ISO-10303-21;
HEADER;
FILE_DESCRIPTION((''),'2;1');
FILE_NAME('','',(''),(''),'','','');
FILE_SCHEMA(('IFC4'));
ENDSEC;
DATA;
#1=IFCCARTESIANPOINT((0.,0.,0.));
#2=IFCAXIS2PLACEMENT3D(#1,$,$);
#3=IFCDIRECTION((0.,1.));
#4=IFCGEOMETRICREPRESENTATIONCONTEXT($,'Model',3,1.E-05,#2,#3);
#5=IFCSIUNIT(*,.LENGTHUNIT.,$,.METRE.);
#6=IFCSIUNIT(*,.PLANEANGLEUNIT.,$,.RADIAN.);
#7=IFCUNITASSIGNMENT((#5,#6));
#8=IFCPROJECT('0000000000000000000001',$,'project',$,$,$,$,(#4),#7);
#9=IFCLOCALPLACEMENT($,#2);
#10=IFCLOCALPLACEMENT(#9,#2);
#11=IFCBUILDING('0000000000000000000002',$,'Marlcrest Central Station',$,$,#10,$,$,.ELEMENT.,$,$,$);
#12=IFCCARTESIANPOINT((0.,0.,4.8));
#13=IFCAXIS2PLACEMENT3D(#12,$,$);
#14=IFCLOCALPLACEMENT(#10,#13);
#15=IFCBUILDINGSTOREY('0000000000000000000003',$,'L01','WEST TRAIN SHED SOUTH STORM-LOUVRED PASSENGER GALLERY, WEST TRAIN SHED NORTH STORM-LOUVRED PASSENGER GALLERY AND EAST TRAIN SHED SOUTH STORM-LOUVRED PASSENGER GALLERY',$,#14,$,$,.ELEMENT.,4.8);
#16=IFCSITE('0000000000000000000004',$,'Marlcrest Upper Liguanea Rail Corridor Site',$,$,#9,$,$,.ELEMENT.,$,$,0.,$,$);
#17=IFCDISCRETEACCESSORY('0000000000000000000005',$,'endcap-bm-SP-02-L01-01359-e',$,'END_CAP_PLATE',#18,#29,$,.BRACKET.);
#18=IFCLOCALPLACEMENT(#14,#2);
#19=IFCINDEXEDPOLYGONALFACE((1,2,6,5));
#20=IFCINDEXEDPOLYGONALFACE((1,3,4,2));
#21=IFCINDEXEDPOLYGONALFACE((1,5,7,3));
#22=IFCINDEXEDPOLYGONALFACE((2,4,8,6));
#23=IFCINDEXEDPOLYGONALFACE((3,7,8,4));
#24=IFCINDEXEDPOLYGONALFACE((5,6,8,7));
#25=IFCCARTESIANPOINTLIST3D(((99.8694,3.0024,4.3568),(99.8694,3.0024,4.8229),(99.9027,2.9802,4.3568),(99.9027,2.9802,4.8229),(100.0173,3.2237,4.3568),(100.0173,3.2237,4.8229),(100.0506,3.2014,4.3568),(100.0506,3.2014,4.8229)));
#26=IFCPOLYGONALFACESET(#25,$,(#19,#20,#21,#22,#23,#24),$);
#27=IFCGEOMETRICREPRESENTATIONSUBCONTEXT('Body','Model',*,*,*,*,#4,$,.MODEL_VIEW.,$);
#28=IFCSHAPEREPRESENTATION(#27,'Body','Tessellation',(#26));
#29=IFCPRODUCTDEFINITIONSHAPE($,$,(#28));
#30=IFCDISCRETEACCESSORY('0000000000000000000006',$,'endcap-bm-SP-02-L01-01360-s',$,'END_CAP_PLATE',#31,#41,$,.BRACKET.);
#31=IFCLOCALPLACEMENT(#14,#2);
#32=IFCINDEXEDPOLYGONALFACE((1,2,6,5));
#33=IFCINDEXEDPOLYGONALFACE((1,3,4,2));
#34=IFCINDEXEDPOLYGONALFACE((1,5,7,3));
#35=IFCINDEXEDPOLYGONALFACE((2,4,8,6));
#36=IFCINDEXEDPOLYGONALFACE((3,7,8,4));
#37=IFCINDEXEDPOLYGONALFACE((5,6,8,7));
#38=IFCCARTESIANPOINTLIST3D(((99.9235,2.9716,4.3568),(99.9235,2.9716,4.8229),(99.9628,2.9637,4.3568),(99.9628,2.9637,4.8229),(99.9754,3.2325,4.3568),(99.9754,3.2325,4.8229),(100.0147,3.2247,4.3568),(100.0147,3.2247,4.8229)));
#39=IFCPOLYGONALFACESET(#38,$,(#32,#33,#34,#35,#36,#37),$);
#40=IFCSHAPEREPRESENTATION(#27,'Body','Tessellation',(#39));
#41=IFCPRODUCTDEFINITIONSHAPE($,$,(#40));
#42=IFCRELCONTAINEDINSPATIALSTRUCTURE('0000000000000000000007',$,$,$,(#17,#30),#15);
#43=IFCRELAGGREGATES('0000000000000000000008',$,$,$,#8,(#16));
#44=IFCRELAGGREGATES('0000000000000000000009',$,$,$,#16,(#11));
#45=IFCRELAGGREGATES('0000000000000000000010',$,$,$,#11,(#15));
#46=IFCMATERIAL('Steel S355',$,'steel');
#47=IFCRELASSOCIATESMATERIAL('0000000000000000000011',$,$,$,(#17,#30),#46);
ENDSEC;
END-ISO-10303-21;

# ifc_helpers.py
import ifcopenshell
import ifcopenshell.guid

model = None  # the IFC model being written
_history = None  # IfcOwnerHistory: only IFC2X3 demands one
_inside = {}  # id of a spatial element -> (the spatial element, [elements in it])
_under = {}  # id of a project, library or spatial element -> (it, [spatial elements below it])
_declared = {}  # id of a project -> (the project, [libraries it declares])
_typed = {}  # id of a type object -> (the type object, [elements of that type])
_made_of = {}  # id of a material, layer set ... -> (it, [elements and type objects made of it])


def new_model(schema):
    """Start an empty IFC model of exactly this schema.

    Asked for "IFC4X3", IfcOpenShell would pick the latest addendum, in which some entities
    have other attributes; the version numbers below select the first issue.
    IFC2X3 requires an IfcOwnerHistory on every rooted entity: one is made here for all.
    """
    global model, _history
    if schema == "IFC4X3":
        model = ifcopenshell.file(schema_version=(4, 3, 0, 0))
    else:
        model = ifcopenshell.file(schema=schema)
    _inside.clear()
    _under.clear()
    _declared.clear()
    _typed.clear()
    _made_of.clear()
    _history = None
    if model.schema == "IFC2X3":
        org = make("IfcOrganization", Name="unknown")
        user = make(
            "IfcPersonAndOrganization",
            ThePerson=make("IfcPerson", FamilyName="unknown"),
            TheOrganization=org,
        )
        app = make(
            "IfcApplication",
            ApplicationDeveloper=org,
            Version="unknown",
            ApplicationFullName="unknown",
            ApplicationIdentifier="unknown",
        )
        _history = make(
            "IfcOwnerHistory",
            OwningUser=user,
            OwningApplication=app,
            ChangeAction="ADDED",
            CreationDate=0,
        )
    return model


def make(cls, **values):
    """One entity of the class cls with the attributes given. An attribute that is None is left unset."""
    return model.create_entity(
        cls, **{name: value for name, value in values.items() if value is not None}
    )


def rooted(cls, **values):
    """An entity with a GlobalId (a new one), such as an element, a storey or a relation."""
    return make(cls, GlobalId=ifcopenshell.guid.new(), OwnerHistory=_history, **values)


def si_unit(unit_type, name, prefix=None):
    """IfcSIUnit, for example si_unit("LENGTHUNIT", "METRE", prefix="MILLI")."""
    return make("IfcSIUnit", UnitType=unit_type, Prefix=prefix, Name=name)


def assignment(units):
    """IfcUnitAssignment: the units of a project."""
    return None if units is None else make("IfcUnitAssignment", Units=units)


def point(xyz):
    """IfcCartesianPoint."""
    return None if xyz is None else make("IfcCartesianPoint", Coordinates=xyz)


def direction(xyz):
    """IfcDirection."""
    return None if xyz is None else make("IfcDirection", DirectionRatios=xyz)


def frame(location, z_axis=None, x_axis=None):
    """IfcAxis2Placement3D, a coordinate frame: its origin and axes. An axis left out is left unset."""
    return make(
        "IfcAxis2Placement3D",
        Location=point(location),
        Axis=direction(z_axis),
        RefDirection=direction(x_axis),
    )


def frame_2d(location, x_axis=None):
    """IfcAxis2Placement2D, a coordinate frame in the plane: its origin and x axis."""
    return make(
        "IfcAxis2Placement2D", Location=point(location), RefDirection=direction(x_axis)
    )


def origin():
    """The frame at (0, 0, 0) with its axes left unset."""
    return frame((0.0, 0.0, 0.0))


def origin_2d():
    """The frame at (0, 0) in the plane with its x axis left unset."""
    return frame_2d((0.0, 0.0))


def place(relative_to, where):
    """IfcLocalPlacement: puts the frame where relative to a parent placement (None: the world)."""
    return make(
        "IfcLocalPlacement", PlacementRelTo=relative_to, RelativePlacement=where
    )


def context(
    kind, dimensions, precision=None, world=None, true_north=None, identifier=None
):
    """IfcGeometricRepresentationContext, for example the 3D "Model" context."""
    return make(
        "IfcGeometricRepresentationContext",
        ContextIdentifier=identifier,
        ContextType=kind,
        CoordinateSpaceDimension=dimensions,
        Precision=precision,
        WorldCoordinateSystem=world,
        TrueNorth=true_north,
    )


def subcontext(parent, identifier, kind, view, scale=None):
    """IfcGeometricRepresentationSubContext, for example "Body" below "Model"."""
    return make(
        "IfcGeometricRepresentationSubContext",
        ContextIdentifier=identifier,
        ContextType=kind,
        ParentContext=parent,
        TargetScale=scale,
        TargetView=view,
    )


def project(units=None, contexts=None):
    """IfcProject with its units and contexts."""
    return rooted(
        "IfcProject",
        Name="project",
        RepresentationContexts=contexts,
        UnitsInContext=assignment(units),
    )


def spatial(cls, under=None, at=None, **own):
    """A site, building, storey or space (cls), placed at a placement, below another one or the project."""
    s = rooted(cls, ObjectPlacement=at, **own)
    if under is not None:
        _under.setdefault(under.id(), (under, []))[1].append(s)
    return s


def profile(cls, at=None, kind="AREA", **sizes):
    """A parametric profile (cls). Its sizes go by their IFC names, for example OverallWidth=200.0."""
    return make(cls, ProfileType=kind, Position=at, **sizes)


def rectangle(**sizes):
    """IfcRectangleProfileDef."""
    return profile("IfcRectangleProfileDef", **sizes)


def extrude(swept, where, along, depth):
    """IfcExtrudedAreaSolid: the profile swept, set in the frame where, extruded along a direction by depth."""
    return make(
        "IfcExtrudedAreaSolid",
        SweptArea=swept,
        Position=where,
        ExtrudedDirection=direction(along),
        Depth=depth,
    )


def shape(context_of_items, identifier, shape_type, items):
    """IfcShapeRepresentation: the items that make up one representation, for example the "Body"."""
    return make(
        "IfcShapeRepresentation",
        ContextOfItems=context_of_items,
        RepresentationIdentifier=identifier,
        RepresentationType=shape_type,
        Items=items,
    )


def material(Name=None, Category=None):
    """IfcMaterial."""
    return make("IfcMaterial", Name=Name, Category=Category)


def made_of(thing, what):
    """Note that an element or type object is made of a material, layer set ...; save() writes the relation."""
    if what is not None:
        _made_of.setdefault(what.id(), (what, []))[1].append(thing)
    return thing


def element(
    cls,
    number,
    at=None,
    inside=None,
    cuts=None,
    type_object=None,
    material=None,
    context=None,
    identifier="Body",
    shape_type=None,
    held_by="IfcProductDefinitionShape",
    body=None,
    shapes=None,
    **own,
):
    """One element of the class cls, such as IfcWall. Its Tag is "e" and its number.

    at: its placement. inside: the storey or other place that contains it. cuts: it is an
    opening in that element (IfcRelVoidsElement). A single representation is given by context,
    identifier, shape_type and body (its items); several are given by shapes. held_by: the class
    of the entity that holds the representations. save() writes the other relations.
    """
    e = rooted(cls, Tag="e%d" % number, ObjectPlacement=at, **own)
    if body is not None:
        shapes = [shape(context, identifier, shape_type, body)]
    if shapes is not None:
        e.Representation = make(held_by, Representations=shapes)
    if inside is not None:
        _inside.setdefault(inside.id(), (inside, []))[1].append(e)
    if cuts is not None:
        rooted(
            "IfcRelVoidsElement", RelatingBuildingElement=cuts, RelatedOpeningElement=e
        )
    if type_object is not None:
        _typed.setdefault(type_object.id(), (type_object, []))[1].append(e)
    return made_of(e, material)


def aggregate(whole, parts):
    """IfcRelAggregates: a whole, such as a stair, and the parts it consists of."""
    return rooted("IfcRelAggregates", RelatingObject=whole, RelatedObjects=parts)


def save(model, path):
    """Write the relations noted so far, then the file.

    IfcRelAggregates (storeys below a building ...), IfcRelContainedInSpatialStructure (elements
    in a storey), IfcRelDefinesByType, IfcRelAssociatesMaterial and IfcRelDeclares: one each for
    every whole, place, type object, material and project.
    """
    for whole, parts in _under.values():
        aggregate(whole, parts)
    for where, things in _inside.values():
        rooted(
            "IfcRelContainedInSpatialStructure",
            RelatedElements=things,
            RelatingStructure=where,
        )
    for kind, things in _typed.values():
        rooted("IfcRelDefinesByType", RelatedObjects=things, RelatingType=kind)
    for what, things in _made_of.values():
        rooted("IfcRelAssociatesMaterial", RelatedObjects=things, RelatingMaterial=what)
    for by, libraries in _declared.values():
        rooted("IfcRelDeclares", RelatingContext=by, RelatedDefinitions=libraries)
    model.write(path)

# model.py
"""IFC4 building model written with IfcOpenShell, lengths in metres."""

from ifc_helpers import new_model, si_unit, direction, frame, origin, origin_2d, place, context, subcontext, project, spatial, rectangle, extrude, material, element, save


model = new_model("IFC4")

# Units and contexts
model_context = context("Model", 3, precision=1e-05, world=origin(), true_north=direction((0.0, 1.0)))
body_context = subcontext(model_context, "Body", "Model", "MODEL_VIEW")
ifc_project = project(units=[si_unit("LENGTHUNIT", "METRE"), si_unit("PLANEANGLEUNIT", "RADIAN")], contexts=[model_context])

# Site, building, storey
site_placement = place(None, origin())
site = spatial("IfcSite", under=ifc_project, at=site_placement, Name="Marlcrest Upper Liguanea Rail Corridor Site", CompositionType="ELEMENT", RefElevation=0.0)
building_placement = place(site_placement, origin())
building = spatial("IfcBuilding", under=site, at=building_placement, Name="Marlcrest Central Station", CompositionType="ELEMENT")
storey_placement = place(building_placement, frame((0.0, 0.0, 4.8)))
storey = spatial("IfcBuildingStorey", under=building, at=storey_placement, Name="L01", Description="WEST TRAIN SHED SOUTH STORM-LOUVRED PASSENGER GALLERY, WEST TRAIN SHED NORTH STORM-LOUVRED PASSENGER GALLERY AND EAST TRAIN SHED SOUTH STORM-LOUVRED PASSENGER GALLERY", CompositionType="ELEMENT", Elevation=4.8)

# Shared definitions
ifc_material_1 = material(Name="Steel S355", Category="steel")

# Discrete accessories
for number, where, z_axis, x_axis, name in (
    (1, (99.9434, 3.113, 4.5898), (0.831509, -0.555511, 0.0), (0.555511, 0.831509, 0.0), "endcap-bm-SP-02-L01-01359-e"),
    (2, (99.9495, 3.1021, 4.5898), (0.980769, -0.195171, 0.0), (0.195171, 0.980769, 0.0), "endcap-bm-SP-02-L01-01360-s"),
):
    element("IfcDiscreteAccessory", number, at=place(storey_placement, frame(where, z_axis=z_axis, x_axis=x_axis)), inside=storey, material=ifc_material_1, Name=name, ObjectType="END_CAP_PLATE", PredefinedType="BRACKET", context=body_context, shape_type="SweptSolid", body=[
        extrude(rectangle(XDim=0.2661, YDim=0.4661, at=origin_2d()), origin(), (0.0, 0.0, 1.0), 0.04),
    ])

save(model, "model.ifc")
